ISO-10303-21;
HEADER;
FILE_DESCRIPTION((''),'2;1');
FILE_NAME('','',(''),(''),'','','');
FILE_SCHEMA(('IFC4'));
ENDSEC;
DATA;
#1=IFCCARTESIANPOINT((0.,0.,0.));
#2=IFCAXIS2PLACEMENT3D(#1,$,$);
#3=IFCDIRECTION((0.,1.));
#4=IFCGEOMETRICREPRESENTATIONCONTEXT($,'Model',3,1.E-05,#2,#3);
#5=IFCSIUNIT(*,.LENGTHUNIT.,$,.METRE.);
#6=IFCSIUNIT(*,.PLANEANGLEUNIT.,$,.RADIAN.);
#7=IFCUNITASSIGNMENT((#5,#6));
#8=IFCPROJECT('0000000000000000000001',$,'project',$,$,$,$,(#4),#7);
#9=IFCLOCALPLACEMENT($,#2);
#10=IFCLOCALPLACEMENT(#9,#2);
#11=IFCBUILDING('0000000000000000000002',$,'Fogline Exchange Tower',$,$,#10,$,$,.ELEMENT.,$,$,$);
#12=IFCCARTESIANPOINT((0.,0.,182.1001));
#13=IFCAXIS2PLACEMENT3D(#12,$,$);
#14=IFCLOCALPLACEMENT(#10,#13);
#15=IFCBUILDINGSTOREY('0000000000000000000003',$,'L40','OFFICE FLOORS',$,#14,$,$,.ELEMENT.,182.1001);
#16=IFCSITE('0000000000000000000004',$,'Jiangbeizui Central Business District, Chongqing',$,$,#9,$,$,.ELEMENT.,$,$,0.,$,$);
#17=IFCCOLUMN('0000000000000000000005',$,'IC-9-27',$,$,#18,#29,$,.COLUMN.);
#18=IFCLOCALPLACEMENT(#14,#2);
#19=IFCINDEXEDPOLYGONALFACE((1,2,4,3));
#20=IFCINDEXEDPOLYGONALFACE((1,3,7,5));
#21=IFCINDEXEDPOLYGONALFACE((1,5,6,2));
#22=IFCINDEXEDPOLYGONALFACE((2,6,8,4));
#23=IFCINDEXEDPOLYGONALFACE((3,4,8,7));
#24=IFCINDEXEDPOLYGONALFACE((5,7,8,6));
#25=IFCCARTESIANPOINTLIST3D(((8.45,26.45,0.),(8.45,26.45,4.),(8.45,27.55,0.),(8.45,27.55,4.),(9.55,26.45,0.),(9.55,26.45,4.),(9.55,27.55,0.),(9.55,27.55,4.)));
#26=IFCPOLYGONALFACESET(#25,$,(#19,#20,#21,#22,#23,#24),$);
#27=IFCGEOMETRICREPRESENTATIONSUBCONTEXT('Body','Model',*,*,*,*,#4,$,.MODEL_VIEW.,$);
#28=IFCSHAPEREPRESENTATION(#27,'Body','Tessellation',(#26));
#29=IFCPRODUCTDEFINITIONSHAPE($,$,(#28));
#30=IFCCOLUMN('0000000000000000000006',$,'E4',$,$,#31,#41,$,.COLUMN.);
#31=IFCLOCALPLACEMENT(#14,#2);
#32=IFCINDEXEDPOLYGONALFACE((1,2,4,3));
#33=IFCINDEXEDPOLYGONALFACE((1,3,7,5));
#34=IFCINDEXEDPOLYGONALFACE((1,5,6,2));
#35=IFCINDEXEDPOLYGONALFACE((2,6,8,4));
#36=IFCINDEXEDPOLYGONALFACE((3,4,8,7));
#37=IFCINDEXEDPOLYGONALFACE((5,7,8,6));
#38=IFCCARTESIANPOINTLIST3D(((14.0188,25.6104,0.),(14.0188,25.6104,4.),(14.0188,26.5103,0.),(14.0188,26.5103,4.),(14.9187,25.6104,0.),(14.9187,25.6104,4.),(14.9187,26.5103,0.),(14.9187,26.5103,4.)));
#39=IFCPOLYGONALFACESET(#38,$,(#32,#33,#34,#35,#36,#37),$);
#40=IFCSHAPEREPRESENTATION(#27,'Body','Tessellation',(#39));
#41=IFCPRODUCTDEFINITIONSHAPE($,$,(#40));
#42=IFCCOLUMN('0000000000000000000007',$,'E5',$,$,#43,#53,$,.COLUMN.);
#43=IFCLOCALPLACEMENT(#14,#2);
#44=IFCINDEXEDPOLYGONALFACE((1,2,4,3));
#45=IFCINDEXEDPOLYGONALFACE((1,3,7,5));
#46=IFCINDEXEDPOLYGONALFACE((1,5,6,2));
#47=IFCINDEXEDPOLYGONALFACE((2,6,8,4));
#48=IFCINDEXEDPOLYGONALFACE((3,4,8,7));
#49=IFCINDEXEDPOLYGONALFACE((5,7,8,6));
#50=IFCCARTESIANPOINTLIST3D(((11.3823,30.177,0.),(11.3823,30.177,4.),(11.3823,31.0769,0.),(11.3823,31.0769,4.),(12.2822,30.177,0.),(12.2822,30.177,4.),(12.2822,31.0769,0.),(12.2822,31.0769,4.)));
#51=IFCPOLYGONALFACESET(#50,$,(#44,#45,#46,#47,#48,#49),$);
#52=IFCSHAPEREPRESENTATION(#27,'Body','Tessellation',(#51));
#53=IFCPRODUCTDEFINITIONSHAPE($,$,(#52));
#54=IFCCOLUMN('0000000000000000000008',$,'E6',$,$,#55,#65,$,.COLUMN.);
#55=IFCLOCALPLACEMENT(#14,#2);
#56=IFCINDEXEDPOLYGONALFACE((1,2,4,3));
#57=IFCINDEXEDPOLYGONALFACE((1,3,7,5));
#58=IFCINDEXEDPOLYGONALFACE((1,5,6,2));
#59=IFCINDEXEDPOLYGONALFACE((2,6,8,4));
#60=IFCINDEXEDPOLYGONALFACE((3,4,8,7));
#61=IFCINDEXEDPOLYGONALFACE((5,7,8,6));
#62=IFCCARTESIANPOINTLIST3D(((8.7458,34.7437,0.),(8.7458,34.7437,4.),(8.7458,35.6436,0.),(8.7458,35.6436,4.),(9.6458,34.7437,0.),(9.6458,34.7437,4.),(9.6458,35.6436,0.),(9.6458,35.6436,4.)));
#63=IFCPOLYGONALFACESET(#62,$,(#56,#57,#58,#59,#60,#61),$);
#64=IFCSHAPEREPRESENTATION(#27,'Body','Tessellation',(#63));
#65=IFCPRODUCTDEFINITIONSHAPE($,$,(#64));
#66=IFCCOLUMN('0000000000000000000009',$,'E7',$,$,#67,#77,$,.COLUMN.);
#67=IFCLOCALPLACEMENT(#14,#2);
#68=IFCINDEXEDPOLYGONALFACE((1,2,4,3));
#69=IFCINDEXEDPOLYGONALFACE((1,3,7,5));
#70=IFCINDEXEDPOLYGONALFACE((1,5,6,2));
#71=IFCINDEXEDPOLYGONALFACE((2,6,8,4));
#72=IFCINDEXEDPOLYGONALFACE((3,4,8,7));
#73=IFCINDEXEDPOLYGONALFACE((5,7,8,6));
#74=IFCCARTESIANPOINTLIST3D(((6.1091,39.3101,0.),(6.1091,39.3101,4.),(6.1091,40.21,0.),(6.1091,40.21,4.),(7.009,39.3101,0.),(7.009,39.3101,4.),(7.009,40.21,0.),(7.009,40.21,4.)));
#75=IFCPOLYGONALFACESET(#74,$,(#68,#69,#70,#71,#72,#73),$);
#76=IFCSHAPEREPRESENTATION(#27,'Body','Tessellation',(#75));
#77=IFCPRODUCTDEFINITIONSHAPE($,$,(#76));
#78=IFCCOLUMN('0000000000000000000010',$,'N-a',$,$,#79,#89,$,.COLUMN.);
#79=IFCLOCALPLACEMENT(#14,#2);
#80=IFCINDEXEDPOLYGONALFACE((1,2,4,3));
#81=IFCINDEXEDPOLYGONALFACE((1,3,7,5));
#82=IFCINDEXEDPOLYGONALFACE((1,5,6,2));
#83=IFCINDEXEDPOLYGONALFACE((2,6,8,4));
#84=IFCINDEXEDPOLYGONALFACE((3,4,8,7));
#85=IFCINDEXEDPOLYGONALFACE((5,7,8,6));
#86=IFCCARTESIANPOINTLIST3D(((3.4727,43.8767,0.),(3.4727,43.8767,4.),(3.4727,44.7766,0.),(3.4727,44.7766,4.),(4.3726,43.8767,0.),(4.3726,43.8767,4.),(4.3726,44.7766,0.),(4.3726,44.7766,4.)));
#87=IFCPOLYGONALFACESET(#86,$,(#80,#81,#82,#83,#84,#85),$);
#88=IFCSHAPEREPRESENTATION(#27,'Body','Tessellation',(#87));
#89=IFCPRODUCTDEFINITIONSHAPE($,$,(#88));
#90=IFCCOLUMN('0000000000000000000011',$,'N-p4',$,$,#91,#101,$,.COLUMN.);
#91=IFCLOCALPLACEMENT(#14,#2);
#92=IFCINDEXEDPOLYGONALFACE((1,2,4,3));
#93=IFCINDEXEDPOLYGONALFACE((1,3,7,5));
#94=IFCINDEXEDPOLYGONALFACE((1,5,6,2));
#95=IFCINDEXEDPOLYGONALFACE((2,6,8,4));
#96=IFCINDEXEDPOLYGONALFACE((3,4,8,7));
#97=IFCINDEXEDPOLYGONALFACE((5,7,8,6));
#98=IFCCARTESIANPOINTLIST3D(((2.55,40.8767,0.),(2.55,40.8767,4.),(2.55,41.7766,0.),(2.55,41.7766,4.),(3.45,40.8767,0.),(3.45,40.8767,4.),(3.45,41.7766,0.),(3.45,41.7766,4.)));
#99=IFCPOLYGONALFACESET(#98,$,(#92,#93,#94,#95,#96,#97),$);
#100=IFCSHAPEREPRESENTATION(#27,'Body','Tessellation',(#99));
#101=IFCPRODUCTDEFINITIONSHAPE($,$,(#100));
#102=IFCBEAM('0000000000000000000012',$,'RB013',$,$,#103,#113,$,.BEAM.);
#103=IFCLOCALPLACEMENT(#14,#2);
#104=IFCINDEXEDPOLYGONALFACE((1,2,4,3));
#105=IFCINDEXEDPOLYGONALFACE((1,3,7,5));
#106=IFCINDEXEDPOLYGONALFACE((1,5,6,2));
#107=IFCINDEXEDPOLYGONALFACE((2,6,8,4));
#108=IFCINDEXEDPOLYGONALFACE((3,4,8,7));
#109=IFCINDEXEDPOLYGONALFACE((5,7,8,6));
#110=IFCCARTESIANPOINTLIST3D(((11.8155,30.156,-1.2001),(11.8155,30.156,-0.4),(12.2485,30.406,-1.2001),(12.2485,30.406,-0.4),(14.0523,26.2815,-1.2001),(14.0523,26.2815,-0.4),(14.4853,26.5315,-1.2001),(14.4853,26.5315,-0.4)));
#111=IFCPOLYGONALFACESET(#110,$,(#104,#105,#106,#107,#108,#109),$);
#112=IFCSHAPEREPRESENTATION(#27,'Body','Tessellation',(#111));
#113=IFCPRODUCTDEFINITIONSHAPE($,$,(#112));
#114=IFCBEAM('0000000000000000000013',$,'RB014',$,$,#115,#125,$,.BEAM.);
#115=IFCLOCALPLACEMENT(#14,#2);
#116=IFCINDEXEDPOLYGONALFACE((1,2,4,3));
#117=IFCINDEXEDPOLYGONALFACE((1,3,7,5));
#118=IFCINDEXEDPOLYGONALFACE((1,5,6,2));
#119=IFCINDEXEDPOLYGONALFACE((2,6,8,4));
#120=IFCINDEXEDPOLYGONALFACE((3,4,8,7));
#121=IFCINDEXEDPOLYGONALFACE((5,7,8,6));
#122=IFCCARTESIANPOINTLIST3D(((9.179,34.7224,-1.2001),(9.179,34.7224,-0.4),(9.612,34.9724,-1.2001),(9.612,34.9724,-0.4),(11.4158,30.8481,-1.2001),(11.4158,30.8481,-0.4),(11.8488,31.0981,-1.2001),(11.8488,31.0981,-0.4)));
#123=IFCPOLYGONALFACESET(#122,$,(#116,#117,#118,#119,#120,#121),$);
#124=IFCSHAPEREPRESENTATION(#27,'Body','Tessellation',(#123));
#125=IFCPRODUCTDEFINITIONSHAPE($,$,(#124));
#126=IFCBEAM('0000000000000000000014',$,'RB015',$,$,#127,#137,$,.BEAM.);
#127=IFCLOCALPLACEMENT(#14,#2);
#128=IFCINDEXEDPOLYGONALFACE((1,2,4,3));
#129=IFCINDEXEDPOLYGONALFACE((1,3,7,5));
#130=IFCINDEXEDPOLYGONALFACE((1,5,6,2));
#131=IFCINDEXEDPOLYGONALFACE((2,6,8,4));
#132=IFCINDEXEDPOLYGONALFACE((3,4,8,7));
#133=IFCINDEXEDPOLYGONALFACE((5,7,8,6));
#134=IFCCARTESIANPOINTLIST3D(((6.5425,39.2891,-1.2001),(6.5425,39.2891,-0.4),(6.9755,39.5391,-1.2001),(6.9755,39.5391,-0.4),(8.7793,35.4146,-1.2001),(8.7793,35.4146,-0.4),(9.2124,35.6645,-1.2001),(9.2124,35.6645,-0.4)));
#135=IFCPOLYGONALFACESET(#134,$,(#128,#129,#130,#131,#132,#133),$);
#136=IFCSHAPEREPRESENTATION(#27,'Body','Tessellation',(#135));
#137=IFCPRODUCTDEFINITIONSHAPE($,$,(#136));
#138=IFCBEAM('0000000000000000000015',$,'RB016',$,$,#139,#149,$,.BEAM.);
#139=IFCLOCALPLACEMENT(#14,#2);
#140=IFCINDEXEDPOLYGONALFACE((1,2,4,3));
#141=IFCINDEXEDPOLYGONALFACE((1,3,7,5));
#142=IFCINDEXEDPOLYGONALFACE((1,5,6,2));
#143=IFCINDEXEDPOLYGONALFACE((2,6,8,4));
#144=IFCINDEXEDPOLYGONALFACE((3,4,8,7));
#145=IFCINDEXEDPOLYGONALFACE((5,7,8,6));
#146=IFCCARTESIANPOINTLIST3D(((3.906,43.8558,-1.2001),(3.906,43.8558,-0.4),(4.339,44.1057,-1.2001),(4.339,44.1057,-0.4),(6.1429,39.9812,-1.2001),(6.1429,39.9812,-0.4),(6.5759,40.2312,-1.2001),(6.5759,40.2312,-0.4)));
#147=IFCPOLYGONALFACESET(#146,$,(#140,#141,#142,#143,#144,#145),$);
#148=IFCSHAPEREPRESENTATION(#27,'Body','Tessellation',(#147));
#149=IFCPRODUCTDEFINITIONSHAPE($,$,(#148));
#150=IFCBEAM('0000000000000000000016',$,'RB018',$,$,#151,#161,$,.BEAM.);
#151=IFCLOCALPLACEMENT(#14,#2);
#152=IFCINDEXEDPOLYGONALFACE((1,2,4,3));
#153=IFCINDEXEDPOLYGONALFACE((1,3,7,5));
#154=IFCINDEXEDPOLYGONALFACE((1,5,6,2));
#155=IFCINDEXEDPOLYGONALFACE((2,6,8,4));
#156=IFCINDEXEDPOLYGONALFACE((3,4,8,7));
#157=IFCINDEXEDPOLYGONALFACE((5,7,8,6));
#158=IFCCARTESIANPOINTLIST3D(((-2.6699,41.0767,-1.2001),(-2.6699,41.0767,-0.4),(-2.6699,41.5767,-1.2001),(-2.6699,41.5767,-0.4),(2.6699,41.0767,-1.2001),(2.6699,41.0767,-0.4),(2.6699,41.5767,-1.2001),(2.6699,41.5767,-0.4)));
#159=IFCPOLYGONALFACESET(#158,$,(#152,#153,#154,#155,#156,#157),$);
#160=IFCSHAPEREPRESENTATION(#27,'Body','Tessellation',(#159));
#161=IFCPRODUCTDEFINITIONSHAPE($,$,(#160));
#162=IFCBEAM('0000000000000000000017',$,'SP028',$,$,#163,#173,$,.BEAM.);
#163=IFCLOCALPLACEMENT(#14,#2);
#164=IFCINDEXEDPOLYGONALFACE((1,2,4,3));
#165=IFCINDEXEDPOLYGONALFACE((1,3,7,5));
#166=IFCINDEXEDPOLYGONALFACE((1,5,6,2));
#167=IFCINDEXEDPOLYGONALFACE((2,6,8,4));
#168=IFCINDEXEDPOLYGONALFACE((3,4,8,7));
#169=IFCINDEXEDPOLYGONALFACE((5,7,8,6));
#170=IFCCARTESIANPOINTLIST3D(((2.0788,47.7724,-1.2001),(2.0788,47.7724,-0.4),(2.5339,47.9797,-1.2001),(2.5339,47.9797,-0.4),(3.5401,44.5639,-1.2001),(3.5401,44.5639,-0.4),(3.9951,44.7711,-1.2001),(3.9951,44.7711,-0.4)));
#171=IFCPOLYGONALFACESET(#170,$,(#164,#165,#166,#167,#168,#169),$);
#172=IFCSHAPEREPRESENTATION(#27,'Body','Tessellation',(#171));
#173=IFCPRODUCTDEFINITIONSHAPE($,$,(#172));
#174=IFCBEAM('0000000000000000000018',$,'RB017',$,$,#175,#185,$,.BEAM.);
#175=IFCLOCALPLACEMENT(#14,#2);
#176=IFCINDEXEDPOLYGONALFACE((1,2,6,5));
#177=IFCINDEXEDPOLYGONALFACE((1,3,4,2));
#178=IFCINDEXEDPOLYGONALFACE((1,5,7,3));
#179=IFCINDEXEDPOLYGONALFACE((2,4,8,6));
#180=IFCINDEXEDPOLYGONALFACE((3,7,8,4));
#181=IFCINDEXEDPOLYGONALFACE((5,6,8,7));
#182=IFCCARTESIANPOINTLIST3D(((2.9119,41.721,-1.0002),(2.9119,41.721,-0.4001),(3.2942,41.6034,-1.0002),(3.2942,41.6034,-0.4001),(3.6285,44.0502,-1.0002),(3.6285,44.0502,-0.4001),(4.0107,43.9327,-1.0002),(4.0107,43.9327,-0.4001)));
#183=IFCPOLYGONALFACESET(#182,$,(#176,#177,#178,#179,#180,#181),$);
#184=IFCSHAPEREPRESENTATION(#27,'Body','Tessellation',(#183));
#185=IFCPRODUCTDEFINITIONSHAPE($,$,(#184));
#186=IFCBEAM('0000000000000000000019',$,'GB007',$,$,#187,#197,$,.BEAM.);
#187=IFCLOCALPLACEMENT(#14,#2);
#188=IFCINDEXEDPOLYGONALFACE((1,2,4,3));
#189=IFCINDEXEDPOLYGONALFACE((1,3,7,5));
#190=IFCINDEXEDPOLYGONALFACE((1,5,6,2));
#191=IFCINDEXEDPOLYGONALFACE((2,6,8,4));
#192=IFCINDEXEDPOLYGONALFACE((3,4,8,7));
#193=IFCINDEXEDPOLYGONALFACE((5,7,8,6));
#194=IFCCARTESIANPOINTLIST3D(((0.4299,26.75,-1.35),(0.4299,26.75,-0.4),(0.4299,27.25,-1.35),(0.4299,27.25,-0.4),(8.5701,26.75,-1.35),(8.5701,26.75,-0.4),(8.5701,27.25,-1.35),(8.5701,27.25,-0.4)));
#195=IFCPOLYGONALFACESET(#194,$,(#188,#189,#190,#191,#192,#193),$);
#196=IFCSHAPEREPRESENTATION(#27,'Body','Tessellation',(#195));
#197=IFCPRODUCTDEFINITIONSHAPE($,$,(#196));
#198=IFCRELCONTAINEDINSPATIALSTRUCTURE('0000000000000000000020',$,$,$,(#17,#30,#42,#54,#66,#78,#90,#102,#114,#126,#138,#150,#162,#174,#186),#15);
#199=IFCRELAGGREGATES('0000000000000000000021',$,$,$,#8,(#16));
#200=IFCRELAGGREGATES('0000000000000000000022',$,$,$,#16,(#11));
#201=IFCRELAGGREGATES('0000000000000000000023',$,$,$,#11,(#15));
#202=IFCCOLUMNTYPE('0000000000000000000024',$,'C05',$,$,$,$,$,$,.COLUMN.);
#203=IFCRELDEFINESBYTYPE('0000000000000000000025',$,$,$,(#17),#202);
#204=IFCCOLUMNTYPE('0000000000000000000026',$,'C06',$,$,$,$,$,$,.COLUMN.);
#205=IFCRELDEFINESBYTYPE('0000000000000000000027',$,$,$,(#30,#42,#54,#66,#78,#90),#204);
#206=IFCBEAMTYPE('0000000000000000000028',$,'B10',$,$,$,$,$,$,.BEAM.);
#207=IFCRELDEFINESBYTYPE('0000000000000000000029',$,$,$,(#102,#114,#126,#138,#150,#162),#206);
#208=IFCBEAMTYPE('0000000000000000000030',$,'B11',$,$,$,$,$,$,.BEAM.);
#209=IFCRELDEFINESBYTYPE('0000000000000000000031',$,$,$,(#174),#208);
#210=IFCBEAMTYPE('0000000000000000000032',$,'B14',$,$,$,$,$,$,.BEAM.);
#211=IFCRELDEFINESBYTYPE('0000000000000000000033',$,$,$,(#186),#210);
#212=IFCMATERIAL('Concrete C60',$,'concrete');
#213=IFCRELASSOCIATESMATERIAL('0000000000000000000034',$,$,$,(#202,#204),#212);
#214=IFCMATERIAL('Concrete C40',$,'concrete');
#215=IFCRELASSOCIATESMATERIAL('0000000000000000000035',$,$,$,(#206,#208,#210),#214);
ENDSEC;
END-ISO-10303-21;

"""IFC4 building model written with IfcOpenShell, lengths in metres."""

from ifc_helpers import new_model, si_unit, direction, frame, origin, origin_2d, place, context, subcontext, project, spatial, rectangle, extrude, material, material_profile, profile_set, type_object, element, save


model = new_model("IFC4")

# Units and contexts
model_context = context("Model", 3, precision=1e-05, world=origin(), true_north=direction((0.0, 1.0)))
body_context = subcontext(model_context, "Body", "Model", "MODEL_VIEW")
ifc_project = project(units=[si_unit("LENGTHUNIT", "METRE"), si_unit("PLANEANGLEUNIT", "RADIAN")], contexts=[model_context])

# Site, building, storey
site_placement = place(None, origin())
site = spatial("IfcSite", under=ifc_project, at=site_placement, Name="Jiangbeizui Central Business District, Chongqing", CompositionType="ELEMENT", RefElevation=0.0)
building_placement = place(site_placement, origin())
building = spatial("IfcBuilding", under=site, at=building_placement, Name="Fogline Exchange Tower", CompositionType="ELEMENT")
storey_placement = place(building_placement, frame((0.0, 0.0, 182.1001)))
storey = spatial("IfcBuildingStorey", under=building, at=storey_placement, Name="L40", Description="OFFICE FLOORS", CompositionType="ELEMENT", Elevation=182.1001)

# Columns
ifc_material_1 = material(Name="Concrete C60", Category="concrete")
ifc_material_profile_1 = material_profile(ifc_material_1, rectangle(XDim=1.1001, YDim=1.1001, at=origin_2d()), Name="RC 1100x1100")
ifc_profile_set_1 = profile_set([ifc_material_profile_1], Name="Concrete C60")
column_type_1 = type_object("IfcColumnType", Name="C05", PredefinedType="COLUMN", material=ifc_profile_set_1)
column_placement = place(storey_placement, frame((9.0, 27.0, 0.0), z_axis=(0.0, 0.0, 1.0), x_axis=(1.0, 0.0, 0.0)))
element("IfcColumn", 1, at=column_placement, inside=storey, type_object=column_type_1, Name="IC-9-27", PredefinedType="COLUMN", context=body_context, shape_type="SweptSolid", body=[
    extrude(rectangle(XDim=1.1001, YDim=1.1001, at=origin_2d()), origin(), (0.0, 0.0, 1.0), 4.0),
])
ifc_material_profile_2 = material_profile(ifc_material_1, rectangle(XDim=0.8999, YDim=0.8999, at=origin_2d()), Name="RC 900x900")
ifc_profile_set_2 = profile_set([ifc_material_profile_2], Name="Concrete C60")
column_type_2 = type_object("IfcColumnType", Name="C06", PredefinedType="COLUMN", material=ifc_profile_set_2)
for number, where, z_axis, x_axis, name in (
    (2, (14.4688, 26.0603, 0.0), (0.0, 0.0, 1.0), (1.0, 0.0, 0.0), "E4"),
    (3, (11.8323, 30.627, 0.0), (0.0, 0.0, 1.0), (1.0, 0.0, 0.0), "E5"),
    (4, (9.1958, 35.1936, 0.0), (0.0, 0.0, 1.0), (1.0, 0.0, 0.0), "E6"),
    (5, (6.5591, 39.76, 0.0), (0.0, 0.0, 1.0), (1.0, 0.0, 0.0), "E7"),
    (6, (3.9226, 44.3267, 0.0), (0.0, 0.0, 1.0), (1.0, 0.0, 0.0), "N-a"),
    (7, (3.0, 41.3267, 0.0), (0.0, 0.0, 1.0), (1.0, 0.0, 0.0), "N-p4"),
):
    element("IfcColumn", number, at=place(storey_placement, frame(where, z_axis=z_axis, x_axis=x_axis)), inside=storey, type_object=column_type_2, Name=name, PredefinedType="COLUMN", context=body_context, shape_type="SweptSolid", body=[
        extrude(rectangle(XDim=0.8999, YDim=0.8999, at=origin_2d()), origin(), (0.0, 0.0, 1.0), 4.0),
    ])

# Beams
ifc_material_2 = material(Name="Concrete C40", Category="concrete")
ifc_material_profile_3 = material_profile(ifc_material_2, rectangle(XDim=0.5, YDim=0.8, at=origin_2d()), Name="RC 500x800")
ifc_profile_set_3 = profile_set([ifc_material_profile_3], Name="Concrete C40")
beam_type_1 = type_object("IfcBeamType", Name="B10", PredefinedType="BEAM", material=ifc_profile_set_3)
beam_1_placement = place(storey_placement, frame((14.2688, 26.4065, -0.8), z_axis=(-0.499978, 0.866038, 0.0), x_axis=(-0.866038, -0.499978, 0.0)))
element("IfcBeam", 8, at=beam_1_placement, inside=storey, type_object=beam_type_1, Name="RB013", PredefinedType="BEAM", context=body_context, shape_type="SweptSolid", body=[
    extrude(rectangle(XDim=0.5, YDim=0.8, at=origin_2d()), origin(), (0.0, 0.0, 1.0), 4.4739),
])
beam_2_placement = place(storey_placement, frame((11.6323, 30.9731, -0.8), z_axis=(-0.500001, 0.866025, 0.0), x_axis=(-0.866025, -0.500001, 0.0)))
element("IfcBeam", 9, at=beam_2_placement, inside=storey, type_object=beam_type_1, Name="RB014", PredefinedType="BEAM", context=body_context, shape_type="SweptSolid", body=[
    extrude(rectangle(XDim=0.5, YDim=0.8, at=origin_2d()), origin(), (0.0, 0.0, 1.0), 4.4736),
])
for number, where, z_axis, x_axis, name in (
    (10, (8.9958, 35.5396, -0.8), (-0.499978, 0.866038, 0.0), (-0.866038, -0.499978, 0.0), "RB015"),
    (11, (6.3594, 40.1062, -0.8), (-0.499978, 0.866038, 0.0), (-0.866038, -0.499978, 0.0), "RB016"),
):
    element("IfcBeam", number, at=place(storey_placement, frame(where, z_axis=z_axis, x_axis=x_axis)), inside=storey, type_object=beam_type_1, Name=name, PredefinedType="BEAM", context=body_context, shape_type="SweptSolid", body=[
        extrude(rectangle(XDim=0.5, YDim=0.8, at=origin_2d()), origin(), (0.0, 0.0, 1.0), 4.4739),
    ])
beam_3_placement = place(storey_placement, frame((2.6699, 41.3267, -0.8), z_axis=(-1.0, 0.0, 0.0), x_axis=(0.0, -1.0, 0.0)))
element("IfcBeam", 12, at=beam_3_placement, inside=storey, type_object=beam_type_1, Name="RB018", PredefinedType="BEAM", context=body_context, shape_type="SweptSolid", body=[
    extrude(rectangle(XDim=0.5, YDim=0.8, at=origin_2d()), origin(), (0.0, 0.0, 1.0), 5.3398),
])
beam_4_placement = place(storey_placement, frame((3.7676, 44.6675, -0.8), z_axis=(-0.414455, 0.91007, 0.0), x_axis=(-0.91007, -0.414455, 0.0)))
element("IfcBeam", 13, at=beam_4_placement, inside=storey, type_object=beam_type_1, Name="SP028", PredefinedType="BEAM", context=body_context, shape_type="SweptSolid", body=[
    extrude(rectangle(XDim=0.5, YDim=0.8, at=origin_2d()), origin(), (0.0, 0.0, 1.0), 3.5256),
])
ifc_material_profile_4 = material_profile(ifc_material_2, rectangle(XDim=0.3999, YDim=0.6001, at=origin_2d()), Name="RC 400x600")
ifc_profile_set_4 = profile_set([ifc_material_profile_4], Name="Concrete C40")
beam_type_2 = type_object("IfcBeamType", Name="B11", PredefinedType="BEAM", material=ifc_profile_set_4)
beam_5_placement = place(storey_placement, frame((3.8196, 43.9915, -0.7002), z_axis=(-0.294022, -0.955799, 0.0), x_axis=(0.955799, -0.294022, 0.0)))
element("IfcBeam", 14, at=beam_5_placement, inside=storey, type_object=beam_type_2, Name="RB017", PredefinedType="BEAM", context=body_context, shape_type="SweptSolid", body=[
    extrude(rectangle(XDim=0.3999, YDim=0.6001, at=origin_2d()), origin(), (0.0, 0.0, 1.0), 2.437),
])
ifc_material_profile_5 = material_profile(ifc_material_2, rectangle(XDim=0.5, YDim=0.95, at=origin_2d()), Name="RC 500x950")
ifc_profile_set_5 = profile_set([ifc_material_profile_5], Name="Concrete C40")
beam_type_3 = type_object("IfcBeamType", Name="B14", PredefinedType="BEAM", material=ifc_profile_set_5)
beam_6_placement = place(storey_placement, frame((0.4299, 27.0, -0.875), z_axis=(1.0, 0.0, 0.0), x_axis=(0.0, 1.0, 0.0)))
element("IfcBeam", 15, at=beam_6_placement, inside=storey, type_object=beam_type_3, Name="GB007", PredefinedType="BEAM", context=body_context, shape_type="SweptSolid", body=[
    extrude(rectangle(XDim=0.5, YDim=0.95, at=origin_2d()), origin(), (0.0, 0.0, 1.0), 8.1401),
])

save(model, "model.ifc")
